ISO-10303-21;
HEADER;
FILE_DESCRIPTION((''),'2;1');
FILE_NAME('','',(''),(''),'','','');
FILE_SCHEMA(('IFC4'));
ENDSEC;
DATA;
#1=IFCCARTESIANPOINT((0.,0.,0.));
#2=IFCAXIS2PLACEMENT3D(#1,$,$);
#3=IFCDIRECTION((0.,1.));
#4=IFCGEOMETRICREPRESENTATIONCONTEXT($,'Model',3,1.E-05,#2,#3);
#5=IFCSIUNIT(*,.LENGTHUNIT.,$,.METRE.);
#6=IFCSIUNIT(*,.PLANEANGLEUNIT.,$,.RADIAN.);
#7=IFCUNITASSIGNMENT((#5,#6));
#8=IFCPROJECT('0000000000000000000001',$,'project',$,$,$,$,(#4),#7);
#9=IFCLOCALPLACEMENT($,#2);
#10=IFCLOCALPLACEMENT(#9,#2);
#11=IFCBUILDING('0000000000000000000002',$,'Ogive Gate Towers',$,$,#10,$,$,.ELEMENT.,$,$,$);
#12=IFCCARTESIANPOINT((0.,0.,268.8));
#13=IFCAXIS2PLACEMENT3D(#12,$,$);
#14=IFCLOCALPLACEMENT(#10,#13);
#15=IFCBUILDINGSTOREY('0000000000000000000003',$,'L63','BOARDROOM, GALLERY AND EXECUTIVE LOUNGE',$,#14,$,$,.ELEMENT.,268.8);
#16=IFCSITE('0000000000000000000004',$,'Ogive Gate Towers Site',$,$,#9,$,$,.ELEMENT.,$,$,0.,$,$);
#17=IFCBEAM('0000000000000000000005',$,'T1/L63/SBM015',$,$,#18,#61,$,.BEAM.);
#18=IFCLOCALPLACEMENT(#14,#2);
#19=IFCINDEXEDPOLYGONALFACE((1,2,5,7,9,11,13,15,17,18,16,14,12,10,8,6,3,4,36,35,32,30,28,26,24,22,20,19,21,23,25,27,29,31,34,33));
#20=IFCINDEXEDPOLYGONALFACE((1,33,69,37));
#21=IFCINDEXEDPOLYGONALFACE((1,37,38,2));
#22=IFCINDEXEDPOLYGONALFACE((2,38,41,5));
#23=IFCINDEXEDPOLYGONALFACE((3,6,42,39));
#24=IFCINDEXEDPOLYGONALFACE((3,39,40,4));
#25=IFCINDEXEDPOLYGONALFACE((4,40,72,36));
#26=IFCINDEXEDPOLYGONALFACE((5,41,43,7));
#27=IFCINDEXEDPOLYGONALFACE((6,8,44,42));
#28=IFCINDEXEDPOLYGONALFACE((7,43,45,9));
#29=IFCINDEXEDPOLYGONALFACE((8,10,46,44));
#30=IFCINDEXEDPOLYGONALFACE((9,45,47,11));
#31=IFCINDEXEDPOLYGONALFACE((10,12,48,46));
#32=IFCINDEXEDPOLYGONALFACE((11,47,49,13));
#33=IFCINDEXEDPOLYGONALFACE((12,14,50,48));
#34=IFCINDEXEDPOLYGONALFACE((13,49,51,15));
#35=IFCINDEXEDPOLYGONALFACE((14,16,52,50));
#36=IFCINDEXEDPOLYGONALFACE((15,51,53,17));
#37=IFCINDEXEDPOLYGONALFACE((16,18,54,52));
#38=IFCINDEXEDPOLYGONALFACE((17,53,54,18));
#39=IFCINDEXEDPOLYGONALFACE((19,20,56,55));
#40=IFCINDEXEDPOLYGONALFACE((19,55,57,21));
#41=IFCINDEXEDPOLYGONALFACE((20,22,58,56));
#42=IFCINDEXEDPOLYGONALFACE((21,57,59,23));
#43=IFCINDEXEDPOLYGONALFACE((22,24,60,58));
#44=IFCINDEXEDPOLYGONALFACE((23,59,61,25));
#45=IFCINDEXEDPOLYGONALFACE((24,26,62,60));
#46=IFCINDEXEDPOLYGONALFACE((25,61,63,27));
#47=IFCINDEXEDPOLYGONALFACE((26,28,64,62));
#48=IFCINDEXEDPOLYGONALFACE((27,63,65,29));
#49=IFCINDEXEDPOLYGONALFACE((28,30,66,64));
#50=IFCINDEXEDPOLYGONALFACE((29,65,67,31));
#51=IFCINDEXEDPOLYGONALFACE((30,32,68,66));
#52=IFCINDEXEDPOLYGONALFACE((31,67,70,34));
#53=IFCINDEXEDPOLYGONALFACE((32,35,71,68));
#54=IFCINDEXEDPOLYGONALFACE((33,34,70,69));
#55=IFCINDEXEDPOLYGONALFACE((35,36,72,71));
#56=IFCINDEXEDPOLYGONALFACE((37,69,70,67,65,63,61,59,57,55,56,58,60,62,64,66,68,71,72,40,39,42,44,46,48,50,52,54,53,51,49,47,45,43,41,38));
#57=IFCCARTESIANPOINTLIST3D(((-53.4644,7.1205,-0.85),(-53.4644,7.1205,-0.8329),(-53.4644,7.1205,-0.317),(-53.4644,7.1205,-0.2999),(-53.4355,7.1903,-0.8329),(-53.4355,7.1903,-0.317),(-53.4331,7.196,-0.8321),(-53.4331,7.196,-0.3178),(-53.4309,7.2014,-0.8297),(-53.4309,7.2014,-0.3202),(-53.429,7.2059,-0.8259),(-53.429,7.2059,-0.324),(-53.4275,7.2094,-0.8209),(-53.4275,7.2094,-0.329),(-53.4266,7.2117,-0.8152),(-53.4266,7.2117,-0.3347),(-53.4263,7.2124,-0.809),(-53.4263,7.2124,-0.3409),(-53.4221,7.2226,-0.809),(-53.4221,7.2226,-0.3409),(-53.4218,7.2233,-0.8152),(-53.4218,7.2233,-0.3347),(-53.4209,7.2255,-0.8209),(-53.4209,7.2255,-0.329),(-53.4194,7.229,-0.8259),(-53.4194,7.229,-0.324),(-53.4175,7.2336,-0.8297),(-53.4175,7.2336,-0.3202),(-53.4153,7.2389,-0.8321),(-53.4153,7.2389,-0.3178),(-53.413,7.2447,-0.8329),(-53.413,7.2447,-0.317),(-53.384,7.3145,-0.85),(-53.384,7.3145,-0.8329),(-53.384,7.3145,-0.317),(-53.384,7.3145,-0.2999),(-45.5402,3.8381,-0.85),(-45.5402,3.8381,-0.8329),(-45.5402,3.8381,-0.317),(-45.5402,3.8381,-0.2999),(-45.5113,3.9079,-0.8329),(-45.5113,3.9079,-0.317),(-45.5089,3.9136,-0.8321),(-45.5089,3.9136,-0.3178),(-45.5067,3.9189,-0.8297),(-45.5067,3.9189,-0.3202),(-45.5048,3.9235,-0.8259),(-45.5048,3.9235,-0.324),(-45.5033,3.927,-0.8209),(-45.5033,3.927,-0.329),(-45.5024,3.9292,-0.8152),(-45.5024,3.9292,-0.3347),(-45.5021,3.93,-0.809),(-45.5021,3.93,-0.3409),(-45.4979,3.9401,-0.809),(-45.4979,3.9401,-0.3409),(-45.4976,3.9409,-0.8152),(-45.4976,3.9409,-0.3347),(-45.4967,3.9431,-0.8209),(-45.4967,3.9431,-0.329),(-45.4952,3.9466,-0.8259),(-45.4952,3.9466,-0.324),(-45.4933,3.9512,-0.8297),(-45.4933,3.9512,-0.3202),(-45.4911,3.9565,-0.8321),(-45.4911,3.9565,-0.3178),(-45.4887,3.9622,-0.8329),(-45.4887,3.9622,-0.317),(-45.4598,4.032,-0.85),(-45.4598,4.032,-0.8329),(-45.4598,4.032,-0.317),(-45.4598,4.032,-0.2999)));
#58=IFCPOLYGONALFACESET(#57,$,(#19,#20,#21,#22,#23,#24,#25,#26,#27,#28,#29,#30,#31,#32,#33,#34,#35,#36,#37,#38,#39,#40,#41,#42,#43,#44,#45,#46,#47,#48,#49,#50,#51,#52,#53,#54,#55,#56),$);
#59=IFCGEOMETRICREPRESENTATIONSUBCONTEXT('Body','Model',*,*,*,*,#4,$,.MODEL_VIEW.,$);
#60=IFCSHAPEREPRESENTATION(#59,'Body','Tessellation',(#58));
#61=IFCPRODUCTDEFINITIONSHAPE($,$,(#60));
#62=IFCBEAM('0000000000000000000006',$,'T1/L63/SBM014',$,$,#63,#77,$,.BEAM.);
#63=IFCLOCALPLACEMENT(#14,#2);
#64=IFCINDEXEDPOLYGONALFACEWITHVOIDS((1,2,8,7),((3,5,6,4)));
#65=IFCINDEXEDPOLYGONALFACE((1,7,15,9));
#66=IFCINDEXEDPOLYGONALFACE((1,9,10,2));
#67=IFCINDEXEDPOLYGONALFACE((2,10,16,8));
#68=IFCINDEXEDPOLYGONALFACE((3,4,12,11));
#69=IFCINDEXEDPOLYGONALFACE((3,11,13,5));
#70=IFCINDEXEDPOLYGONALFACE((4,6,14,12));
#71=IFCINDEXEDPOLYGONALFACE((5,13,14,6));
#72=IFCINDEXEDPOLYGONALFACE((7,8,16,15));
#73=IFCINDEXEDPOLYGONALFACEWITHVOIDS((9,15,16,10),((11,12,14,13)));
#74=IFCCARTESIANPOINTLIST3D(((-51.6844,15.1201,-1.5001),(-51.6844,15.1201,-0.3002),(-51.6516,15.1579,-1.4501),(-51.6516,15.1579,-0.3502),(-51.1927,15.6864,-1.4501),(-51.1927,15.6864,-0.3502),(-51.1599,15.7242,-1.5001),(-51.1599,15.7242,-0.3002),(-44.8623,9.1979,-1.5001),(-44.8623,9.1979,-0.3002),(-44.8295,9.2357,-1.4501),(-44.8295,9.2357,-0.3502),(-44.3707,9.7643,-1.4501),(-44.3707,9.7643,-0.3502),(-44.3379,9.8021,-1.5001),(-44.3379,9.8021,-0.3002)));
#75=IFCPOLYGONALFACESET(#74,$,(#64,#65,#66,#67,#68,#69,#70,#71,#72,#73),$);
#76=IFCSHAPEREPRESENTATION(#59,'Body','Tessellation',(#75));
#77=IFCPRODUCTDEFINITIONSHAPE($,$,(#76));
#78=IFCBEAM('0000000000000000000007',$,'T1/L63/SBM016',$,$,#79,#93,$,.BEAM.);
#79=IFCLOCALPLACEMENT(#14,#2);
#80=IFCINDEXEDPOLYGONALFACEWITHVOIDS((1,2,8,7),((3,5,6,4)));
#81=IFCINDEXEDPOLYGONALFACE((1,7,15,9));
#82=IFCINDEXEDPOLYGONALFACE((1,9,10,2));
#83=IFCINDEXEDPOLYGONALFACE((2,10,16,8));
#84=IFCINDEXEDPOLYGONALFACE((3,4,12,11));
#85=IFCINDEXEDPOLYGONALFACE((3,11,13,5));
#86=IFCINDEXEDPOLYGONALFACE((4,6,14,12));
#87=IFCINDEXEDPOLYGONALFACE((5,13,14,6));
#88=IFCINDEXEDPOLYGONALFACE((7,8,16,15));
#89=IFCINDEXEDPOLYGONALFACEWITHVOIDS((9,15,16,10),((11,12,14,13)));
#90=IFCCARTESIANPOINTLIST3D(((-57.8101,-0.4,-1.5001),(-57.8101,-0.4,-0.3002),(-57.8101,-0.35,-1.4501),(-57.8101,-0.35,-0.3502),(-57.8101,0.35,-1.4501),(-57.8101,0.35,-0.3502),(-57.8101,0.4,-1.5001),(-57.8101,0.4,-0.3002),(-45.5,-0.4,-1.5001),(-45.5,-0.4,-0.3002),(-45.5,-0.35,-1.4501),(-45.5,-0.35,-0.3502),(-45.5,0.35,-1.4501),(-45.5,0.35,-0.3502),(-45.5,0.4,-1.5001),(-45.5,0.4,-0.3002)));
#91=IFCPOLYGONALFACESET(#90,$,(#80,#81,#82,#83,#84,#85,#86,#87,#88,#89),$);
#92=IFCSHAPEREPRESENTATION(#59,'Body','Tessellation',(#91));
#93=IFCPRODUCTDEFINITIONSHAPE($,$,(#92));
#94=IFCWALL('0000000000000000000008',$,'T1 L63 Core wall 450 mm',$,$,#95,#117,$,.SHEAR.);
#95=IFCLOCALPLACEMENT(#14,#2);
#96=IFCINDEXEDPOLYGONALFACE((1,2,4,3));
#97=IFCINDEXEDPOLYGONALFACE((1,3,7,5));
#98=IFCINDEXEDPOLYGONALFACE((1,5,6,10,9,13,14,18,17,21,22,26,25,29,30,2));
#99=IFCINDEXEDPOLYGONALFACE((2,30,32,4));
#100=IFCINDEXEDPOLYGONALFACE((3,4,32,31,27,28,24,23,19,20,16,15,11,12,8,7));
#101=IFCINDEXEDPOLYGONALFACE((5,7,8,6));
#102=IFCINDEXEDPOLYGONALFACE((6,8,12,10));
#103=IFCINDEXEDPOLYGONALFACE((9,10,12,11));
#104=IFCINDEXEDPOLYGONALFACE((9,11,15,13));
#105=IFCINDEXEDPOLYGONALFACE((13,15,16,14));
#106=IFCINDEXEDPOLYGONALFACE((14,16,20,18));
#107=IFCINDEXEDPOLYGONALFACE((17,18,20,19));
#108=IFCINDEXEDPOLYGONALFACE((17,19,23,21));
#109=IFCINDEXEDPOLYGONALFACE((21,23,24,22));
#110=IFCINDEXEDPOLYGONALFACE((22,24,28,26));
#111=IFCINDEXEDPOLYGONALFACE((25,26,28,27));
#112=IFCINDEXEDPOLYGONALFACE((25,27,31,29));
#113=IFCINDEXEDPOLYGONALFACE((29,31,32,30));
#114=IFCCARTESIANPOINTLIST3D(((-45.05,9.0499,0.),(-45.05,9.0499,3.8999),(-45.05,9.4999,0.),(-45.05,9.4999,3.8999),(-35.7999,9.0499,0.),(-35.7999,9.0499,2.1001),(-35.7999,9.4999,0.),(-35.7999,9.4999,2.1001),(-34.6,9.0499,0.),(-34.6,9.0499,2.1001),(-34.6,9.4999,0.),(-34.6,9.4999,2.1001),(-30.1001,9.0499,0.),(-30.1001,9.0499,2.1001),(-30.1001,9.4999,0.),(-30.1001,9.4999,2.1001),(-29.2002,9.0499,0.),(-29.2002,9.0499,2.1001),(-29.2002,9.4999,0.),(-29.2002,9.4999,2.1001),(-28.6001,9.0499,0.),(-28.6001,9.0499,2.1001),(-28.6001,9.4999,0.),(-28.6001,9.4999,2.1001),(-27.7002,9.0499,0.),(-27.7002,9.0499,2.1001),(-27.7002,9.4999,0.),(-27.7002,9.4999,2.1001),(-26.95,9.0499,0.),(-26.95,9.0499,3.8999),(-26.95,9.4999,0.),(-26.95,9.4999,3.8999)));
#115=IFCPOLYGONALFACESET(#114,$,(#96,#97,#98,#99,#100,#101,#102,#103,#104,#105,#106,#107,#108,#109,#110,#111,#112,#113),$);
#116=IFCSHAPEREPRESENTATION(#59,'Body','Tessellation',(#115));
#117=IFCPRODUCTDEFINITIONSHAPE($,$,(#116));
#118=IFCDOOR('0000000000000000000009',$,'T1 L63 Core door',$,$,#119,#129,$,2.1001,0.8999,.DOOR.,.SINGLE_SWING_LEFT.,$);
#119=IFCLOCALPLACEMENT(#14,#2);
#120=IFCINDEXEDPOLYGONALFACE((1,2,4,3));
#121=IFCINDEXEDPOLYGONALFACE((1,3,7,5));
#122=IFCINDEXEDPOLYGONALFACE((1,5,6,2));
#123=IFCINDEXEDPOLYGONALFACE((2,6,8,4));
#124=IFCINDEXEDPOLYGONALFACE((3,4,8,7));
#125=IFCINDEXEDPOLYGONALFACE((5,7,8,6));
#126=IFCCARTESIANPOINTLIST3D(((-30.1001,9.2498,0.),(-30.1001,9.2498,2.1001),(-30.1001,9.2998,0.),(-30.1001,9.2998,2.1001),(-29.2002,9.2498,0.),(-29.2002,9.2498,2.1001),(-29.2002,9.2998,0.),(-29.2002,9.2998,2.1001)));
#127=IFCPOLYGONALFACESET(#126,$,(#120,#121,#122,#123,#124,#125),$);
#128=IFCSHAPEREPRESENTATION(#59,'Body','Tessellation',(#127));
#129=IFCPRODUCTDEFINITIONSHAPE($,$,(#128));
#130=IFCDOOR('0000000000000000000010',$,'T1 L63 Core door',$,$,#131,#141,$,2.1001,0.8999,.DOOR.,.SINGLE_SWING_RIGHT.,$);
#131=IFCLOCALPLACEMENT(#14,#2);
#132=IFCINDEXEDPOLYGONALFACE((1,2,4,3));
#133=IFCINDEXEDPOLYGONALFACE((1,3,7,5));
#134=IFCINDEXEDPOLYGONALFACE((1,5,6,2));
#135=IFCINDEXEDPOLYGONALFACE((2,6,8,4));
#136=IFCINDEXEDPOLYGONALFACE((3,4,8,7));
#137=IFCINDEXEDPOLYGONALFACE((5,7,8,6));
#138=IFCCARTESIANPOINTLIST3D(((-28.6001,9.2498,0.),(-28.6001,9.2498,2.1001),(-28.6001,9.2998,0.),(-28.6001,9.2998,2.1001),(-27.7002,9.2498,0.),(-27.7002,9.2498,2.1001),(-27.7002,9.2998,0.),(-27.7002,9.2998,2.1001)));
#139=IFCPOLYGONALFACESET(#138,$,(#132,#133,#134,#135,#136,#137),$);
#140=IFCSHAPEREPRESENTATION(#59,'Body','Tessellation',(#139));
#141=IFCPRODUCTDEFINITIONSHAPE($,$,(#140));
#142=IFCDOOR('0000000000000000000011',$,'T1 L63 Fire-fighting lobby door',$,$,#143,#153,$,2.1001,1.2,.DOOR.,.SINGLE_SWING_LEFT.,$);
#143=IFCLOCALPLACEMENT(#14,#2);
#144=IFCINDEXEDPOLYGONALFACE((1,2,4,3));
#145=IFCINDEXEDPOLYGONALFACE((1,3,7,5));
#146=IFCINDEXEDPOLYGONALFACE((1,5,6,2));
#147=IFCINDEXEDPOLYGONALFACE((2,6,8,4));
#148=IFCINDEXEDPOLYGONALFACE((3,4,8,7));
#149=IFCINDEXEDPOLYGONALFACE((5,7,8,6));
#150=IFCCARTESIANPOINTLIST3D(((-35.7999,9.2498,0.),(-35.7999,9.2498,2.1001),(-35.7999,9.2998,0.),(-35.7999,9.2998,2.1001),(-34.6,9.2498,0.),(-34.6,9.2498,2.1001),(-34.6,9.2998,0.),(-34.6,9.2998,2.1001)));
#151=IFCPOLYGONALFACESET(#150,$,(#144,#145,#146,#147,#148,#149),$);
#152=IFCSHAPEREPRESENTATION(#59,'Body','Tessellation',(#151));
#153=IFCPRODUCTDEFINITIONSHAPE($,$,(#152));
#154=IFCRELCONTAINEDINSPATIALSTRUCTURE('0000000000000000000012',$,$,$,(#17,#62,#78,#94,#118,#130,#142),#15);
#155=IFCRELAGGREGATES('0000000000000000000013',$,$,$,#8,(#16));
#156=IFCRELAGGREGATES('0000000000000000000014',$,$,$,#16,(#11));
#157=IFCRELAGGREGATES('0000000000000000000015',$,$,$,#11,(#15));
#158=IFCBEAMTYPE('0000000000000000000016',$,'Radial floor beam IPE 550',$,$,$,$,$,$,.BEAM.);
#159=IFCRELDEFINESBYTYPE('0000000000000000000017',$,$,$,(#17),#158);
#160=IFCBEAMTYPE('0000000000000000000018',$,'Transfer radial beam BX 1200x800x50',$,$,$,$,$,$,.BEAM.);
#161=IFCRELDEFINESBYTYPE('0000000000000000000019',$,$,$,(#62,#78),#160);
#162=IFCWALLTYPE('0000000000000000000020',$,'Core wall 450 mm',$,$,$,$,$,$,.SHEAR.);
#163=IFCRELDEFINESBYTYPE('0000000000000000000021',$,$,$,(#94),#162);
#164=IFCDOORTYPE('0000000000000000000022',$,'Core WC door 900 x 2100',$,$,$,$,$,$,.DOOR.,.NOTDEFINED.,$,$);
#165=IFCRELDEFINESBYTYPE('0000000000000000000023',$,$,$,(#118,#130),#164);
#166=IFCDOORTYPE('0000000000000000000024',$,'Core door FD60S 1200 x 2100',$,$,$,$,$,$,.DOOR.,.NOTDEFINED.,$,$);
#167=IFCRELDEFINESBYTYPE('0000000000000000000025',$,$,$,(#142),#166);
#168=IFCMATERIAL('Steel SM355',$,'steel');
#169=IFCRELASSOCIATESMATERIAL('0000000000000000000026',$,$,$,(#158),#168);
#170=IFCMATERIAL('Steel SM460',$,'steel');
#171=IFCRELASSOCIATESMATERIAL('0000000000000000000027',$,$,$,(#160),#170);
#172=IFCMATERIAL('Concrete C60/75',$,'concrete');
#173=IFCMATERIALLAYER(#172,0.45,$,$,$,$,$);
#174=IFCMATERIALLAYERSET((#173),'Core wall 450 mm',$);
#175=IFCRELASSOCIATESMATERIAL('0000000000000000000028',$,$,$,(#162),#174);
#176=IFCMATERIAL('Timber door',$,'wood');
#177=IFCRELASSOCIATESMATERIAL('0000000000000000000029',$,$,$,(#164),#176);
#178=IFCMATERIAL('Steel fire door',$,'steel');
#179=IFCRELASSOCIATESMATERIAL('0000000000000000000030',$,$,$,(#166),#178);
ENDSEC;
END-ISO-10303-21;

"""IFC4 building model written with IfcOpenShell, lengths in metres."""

from ifc_helpers import new_model, si_unit, direction, frame, frame_2d, origin, origin_2d, place, context, subcontext, project, spatial, rectangle, hollow_rectangle, i_section, extrude, material, layer, layer_set, material_profile, profile_set, type_object, element, fill, save


model = new_model("IFC4")

# Units and contexts
model_context = context("Model", 3, precision=1e-05, world=origin(), true_north=direction((0.0, 1.0)))
body_context = subcontext(model_context, "Body", "Model", "MODEL_VIEW")
ifc_project = project(units=[si_unit("LENGTHUNIT", "METRE"), si_unit("PLANEANGLEUNIT", "RADIAN")], contexts=[model_context])

# Site, building, storey
site_placement = place(None, origin())
site = spatial("IfcSite", under=ifc_project, at=site_placement, Name="Ogive Gate Towers Site", CompositionType="ELEMENT", RefElevation=0.0)
building_placement = place(site_placement, origin())
building = spatial("IfcBuilding", under=site, at=building_placement, Name="Ogive Gate Towers", CompositionType="ELEMENT")
storey_placement = place(building_placement, frame((0.0, 0.0, 268.8)))
storey = spatial("IfcBuildingStorey", under=building, at=storey_placement, Name="L63", Description="BOARDROOM, GALLERY AND EXECUTIVE LOUNGE", CompositionType="ELEMENT", Elevation=268.8)

# Beams
ifc_material_1 = material(Name="Steel SM355", Category="steel")
ifc_material_profile_1 = material_profile(ifc_material_1, i_section(OverallWidth=0.21, OverallDepth=0.55, WebThickness=0.011, FlangeThickness=0.0171, FilletRadius=0.0239, at=origin_2d()), Name="IPE 550")
ifc_profile_set_1 = profile_set([ifc_material_profile_1], Name="Steel SM355")
beam_type_1 = type_object("IfcBeamType", Name="Radial floor beam IPE 550", PredefinedType="BEAM", material=ifc_profile_set_1)
beam_1_placement = place(storey_placement, frame((-45.5, 3.9351, -0.575), z_axis=(-0.923875, 0.382695, 0.0), x_axis=(-0.382695, -0.923875, 0.0)))
element("IfcBeam", 1, at=beam_1_placement, inside=storey, type_object=beam_type_1, Name="T1/L63/SBM015", PredefinedType="BEAM", context=body_context, shape_type="SweptSolid", body=[
    extrude(i_section(OverallWidth=0.21, OverallDepth=0.55, WebThickness=0.011, FlangeThickness=0.0171, FilletRadius=0.0239, at=origin_2d()), origin(), (0.0, 0.0, 1.0), 8.5771),
])
ifc_material_2 = material(Name="Steel SM460", Category="steel")
ifc_material_profile_2 = material_profile(ifc_material_2, hollow_rectangle(XDim=0.8, YDim=1.2, WallThickness=0.05, at=origin_2d()), Name="BX 1200x800x50")
ifc_profile_set_2 = profile_set([ifc_material_profile_2], Name="Steel SM460")
beam_type_2 = type_object("IfcBeamType", Name="Transfer radial beam BX 1200x800x50", PredefinedType="BEAM", material=ifc_profile_set_2)
beam_2_placement = place(storey_placement, frame((-44.6001, 9.5, -0.9001), z_axis=(-0.755157, 0.655544, 0.0), x_axis=(-0.655544, -0.755157, 0.0)))
element("IfcBeam", 2, at=beam_2_placement, inside=storey, type_object=beam_type_2, Name="T1/L63/SBM014", PredefinedType="BEAM", context=body_context, shape_type="SweptSolid", body=[
    extrude(hollow_rectangle(XDim=0.8, YDim=1.2, WallThickness=0.05, at=origin_2d()), origin(), (0.0, 0.0, 1.0), 9.0339),
])
beam_3_placement = place(storey_placement, frame((-45.5, 0.0, -0.9001), z_axis=(-1.0, 0.0, 0.0), x_axis=(0.0, -1.0, 0.0)))
element("IfcBeam", 3, at=beam_3_placement, inside=storey, type_object=beam_type_2, Name="T1/L63/SBM016", PredefinedType="BEAM", context=body_context, shape_type="SweptSolid", body=[
    extrude(hollow_rectangle(XDim=0.8, YDim=1.2, WallThickness=0.05, at=origin_2d()), origin(), (0.0, 0.0, 1.0), 12.3101),
])

# Wall, openings, doors
ifc_material_3 = material(Name="Concrete C60/75", Category="concrete")
ifc_layer_1 = layer(ifc_material_3, 0.45)
ifc_layer_set_1 = layer_set([ifc_layer_1], Name="Core wall 450 mm")
wall_type_1 = type_object("IfcWallType", Name="Core wall 450 mm", PredefinedType="SHEAR", material=ifc_layer_set_1)
wall_1_placement = place(storey_placement, frame((-45.05, 9.2749, 0.0), z_axis=(0.0, 0.0, 1.0), x_axis=(1.0, 0.0, 0.0)))
wall_1 = element("IfcWall", 4, at=wall_1_placement, inside=storey, type_object=wall_type_1, Name="T1 L63 Core wall 450 mm", PredefinedType="SHEAR", context=body_context, shape_type="SweptSolid", body=[
    extrude(rectangle(XDim=18.1001, YDim=0.45, at=frame_2d((9.05, 0.0))), origin(), (0.0, 0.0, 1.0), 3.8999),
])
opening_1_placement = place(wall_1_placement, frame((9.25, 0.0, 0.0)))
opening_1 = element("IfcOpeningElement", 5, at=opening_1_placement, cuts=wall_1, PredefinedType="OPENING", context=body_context, shape_type="SweptSolid", body=[
    extrude(rectangle(XDim=1.2, YDim=2.1001, at=frame_2d((0.6001, 1.05))), frame((0.0, 0.2349, 0.0), z_axis=(0.0, -1.0, 0.0), x_axis=(1.0, 0.0, 0.0)), (0.0, 0.0, 1.0), 0.47),
])
opening_2_placement = place(wall_1_placement, frame((14.95, 0.0, 0.0)))
opening_2 = element("IfcOpeningElement", 6, at=opening_2_placement, cuts=wall_1, PredefinedType="OPENING", context=body_context, shape_type="SweptSolid", body=[
    extrude(rectangle(XDim=0.8999, YDim=2.1001, at=frame_2d((0.45, 1.05))), frame((0.0, 0.2349, 0.0), z_axis=(0.0, -1.0, 0.0), x_axis=(1.0, 0.0, 0.0)), (0.0, 0.0, 1.0), 0.47),
])
opening_3_placement = place(wall_1_placement, frame((16.45, 0.0, 0.0)))
opening_3 = element("IfcOpeningElement", 7, at=opening_3_placement, cuts=wall_1, PredefinedType="OPENING", context=body_context, shape_type="SweptSolid", body=[
    extrude(rectangle(XDim=0.8999, YDim=2.1001, at=frame_2d((0.45, 1.05))), frame((0.0, 0.2349, 0.0), z_axis=(0.0, -1.0, 0.0), x_axis=(1.0, 0.0, 0.0)), (0.0, 0.0, 1.0), 0.47),
])
ifc_material_4 = material(Name="Timber door", Category="wood")
door_type_1 = type_object("IfcDoorType", Name="Core WC door 900 x 2100", OperationType="NOTDEFINED", PredefinedType="DOOR", material=ifc_material_4)
door_1_placement = place(opening_2_placement, origin())
door_1 = element("IfcDoor", 8, at=door_1_placement, inside=storey, type_object=door_type_1, Name="T1 L63 Core door", OperationType="SINGLE_SWING_LEFT", OverallHeight=2.1001, OverallWidth=0.8999, PredefinedType="DOOR", context=body_context, shape_type="SweptSolid", body=[
    extrude(rectangle(XDim=0.8999, YDim=2.1001, at=frame_2d((0.45, 1.05))), frame((0.0, 0.0249, 0.0), z_axis=(0.0, -1.0, 0.0), x_axis=(1.0, 0.0, 0.0)), (0.0, 0.0, 1.0), 0.05),
])
fill(opening_2, door_1)
door_2_placement = place(opening_3_placement, origin())
door_2 = element("IfcDoor", 9, at=door_2_placement, inside=storey, type_object=door_type_1, Name="T1 L63 Core door", OperationType="SINGLE_SWING_RIGHT", OverallHeight=2.1001, OverallWidth=0.8999, PredefinedType="DOOR", context=body_context, shape_type="SweptSolid", body=[
    extrude(rectangle(XDim=0.8999, YDim=2.1001, at=frame_2d((0.45, 1.05))), frame((0.0, 0.0249, 0.0), z_axis=(0.0, -1.0, 0.0), x_axis=(1.0, 0.0, 0.0)), (0.0, 0.0, 1.0), 0.05),
])
fill(opening_3, door_2)
ifc_material_5 = material(Name="Steel fire door", Category="steel")
door_type_2 = type_object("IfcDoorType", Name="Core door FD60S 1200 x 2100", OperationType="NOTDEFINED", PredefinedType="DOOR", material=ifc_material_5)
door_3_placement = place(opening_1_placement, origin())
door_3 = element("IfcDoor", 10, at=door_3_placement, inside=storey, type_object=door_type_2, Name="T1 L63 Fire-fighting lobby door", OperationType="SINGLE_SWING_LEFT", OverallHeight=2.1001, OverallWidth=1.2, PredefinedType="DOOR", context=body_context, shape_type="SweptSolid", body=[
    extrude(rectangle(XDim=1.2, YDim=2.1001, at=frame_2d((0.6001, 1.05))), frame((0.0, 0.0249, 0.0), z_axis=(0.0, -1.0, 0.0), x_axis=(1.0, 0.0, 0.0)), (0.0, 0.0, 1.0), 0.05),
])
fill(opening_1, door_3)

save(model, "model.ifc")
